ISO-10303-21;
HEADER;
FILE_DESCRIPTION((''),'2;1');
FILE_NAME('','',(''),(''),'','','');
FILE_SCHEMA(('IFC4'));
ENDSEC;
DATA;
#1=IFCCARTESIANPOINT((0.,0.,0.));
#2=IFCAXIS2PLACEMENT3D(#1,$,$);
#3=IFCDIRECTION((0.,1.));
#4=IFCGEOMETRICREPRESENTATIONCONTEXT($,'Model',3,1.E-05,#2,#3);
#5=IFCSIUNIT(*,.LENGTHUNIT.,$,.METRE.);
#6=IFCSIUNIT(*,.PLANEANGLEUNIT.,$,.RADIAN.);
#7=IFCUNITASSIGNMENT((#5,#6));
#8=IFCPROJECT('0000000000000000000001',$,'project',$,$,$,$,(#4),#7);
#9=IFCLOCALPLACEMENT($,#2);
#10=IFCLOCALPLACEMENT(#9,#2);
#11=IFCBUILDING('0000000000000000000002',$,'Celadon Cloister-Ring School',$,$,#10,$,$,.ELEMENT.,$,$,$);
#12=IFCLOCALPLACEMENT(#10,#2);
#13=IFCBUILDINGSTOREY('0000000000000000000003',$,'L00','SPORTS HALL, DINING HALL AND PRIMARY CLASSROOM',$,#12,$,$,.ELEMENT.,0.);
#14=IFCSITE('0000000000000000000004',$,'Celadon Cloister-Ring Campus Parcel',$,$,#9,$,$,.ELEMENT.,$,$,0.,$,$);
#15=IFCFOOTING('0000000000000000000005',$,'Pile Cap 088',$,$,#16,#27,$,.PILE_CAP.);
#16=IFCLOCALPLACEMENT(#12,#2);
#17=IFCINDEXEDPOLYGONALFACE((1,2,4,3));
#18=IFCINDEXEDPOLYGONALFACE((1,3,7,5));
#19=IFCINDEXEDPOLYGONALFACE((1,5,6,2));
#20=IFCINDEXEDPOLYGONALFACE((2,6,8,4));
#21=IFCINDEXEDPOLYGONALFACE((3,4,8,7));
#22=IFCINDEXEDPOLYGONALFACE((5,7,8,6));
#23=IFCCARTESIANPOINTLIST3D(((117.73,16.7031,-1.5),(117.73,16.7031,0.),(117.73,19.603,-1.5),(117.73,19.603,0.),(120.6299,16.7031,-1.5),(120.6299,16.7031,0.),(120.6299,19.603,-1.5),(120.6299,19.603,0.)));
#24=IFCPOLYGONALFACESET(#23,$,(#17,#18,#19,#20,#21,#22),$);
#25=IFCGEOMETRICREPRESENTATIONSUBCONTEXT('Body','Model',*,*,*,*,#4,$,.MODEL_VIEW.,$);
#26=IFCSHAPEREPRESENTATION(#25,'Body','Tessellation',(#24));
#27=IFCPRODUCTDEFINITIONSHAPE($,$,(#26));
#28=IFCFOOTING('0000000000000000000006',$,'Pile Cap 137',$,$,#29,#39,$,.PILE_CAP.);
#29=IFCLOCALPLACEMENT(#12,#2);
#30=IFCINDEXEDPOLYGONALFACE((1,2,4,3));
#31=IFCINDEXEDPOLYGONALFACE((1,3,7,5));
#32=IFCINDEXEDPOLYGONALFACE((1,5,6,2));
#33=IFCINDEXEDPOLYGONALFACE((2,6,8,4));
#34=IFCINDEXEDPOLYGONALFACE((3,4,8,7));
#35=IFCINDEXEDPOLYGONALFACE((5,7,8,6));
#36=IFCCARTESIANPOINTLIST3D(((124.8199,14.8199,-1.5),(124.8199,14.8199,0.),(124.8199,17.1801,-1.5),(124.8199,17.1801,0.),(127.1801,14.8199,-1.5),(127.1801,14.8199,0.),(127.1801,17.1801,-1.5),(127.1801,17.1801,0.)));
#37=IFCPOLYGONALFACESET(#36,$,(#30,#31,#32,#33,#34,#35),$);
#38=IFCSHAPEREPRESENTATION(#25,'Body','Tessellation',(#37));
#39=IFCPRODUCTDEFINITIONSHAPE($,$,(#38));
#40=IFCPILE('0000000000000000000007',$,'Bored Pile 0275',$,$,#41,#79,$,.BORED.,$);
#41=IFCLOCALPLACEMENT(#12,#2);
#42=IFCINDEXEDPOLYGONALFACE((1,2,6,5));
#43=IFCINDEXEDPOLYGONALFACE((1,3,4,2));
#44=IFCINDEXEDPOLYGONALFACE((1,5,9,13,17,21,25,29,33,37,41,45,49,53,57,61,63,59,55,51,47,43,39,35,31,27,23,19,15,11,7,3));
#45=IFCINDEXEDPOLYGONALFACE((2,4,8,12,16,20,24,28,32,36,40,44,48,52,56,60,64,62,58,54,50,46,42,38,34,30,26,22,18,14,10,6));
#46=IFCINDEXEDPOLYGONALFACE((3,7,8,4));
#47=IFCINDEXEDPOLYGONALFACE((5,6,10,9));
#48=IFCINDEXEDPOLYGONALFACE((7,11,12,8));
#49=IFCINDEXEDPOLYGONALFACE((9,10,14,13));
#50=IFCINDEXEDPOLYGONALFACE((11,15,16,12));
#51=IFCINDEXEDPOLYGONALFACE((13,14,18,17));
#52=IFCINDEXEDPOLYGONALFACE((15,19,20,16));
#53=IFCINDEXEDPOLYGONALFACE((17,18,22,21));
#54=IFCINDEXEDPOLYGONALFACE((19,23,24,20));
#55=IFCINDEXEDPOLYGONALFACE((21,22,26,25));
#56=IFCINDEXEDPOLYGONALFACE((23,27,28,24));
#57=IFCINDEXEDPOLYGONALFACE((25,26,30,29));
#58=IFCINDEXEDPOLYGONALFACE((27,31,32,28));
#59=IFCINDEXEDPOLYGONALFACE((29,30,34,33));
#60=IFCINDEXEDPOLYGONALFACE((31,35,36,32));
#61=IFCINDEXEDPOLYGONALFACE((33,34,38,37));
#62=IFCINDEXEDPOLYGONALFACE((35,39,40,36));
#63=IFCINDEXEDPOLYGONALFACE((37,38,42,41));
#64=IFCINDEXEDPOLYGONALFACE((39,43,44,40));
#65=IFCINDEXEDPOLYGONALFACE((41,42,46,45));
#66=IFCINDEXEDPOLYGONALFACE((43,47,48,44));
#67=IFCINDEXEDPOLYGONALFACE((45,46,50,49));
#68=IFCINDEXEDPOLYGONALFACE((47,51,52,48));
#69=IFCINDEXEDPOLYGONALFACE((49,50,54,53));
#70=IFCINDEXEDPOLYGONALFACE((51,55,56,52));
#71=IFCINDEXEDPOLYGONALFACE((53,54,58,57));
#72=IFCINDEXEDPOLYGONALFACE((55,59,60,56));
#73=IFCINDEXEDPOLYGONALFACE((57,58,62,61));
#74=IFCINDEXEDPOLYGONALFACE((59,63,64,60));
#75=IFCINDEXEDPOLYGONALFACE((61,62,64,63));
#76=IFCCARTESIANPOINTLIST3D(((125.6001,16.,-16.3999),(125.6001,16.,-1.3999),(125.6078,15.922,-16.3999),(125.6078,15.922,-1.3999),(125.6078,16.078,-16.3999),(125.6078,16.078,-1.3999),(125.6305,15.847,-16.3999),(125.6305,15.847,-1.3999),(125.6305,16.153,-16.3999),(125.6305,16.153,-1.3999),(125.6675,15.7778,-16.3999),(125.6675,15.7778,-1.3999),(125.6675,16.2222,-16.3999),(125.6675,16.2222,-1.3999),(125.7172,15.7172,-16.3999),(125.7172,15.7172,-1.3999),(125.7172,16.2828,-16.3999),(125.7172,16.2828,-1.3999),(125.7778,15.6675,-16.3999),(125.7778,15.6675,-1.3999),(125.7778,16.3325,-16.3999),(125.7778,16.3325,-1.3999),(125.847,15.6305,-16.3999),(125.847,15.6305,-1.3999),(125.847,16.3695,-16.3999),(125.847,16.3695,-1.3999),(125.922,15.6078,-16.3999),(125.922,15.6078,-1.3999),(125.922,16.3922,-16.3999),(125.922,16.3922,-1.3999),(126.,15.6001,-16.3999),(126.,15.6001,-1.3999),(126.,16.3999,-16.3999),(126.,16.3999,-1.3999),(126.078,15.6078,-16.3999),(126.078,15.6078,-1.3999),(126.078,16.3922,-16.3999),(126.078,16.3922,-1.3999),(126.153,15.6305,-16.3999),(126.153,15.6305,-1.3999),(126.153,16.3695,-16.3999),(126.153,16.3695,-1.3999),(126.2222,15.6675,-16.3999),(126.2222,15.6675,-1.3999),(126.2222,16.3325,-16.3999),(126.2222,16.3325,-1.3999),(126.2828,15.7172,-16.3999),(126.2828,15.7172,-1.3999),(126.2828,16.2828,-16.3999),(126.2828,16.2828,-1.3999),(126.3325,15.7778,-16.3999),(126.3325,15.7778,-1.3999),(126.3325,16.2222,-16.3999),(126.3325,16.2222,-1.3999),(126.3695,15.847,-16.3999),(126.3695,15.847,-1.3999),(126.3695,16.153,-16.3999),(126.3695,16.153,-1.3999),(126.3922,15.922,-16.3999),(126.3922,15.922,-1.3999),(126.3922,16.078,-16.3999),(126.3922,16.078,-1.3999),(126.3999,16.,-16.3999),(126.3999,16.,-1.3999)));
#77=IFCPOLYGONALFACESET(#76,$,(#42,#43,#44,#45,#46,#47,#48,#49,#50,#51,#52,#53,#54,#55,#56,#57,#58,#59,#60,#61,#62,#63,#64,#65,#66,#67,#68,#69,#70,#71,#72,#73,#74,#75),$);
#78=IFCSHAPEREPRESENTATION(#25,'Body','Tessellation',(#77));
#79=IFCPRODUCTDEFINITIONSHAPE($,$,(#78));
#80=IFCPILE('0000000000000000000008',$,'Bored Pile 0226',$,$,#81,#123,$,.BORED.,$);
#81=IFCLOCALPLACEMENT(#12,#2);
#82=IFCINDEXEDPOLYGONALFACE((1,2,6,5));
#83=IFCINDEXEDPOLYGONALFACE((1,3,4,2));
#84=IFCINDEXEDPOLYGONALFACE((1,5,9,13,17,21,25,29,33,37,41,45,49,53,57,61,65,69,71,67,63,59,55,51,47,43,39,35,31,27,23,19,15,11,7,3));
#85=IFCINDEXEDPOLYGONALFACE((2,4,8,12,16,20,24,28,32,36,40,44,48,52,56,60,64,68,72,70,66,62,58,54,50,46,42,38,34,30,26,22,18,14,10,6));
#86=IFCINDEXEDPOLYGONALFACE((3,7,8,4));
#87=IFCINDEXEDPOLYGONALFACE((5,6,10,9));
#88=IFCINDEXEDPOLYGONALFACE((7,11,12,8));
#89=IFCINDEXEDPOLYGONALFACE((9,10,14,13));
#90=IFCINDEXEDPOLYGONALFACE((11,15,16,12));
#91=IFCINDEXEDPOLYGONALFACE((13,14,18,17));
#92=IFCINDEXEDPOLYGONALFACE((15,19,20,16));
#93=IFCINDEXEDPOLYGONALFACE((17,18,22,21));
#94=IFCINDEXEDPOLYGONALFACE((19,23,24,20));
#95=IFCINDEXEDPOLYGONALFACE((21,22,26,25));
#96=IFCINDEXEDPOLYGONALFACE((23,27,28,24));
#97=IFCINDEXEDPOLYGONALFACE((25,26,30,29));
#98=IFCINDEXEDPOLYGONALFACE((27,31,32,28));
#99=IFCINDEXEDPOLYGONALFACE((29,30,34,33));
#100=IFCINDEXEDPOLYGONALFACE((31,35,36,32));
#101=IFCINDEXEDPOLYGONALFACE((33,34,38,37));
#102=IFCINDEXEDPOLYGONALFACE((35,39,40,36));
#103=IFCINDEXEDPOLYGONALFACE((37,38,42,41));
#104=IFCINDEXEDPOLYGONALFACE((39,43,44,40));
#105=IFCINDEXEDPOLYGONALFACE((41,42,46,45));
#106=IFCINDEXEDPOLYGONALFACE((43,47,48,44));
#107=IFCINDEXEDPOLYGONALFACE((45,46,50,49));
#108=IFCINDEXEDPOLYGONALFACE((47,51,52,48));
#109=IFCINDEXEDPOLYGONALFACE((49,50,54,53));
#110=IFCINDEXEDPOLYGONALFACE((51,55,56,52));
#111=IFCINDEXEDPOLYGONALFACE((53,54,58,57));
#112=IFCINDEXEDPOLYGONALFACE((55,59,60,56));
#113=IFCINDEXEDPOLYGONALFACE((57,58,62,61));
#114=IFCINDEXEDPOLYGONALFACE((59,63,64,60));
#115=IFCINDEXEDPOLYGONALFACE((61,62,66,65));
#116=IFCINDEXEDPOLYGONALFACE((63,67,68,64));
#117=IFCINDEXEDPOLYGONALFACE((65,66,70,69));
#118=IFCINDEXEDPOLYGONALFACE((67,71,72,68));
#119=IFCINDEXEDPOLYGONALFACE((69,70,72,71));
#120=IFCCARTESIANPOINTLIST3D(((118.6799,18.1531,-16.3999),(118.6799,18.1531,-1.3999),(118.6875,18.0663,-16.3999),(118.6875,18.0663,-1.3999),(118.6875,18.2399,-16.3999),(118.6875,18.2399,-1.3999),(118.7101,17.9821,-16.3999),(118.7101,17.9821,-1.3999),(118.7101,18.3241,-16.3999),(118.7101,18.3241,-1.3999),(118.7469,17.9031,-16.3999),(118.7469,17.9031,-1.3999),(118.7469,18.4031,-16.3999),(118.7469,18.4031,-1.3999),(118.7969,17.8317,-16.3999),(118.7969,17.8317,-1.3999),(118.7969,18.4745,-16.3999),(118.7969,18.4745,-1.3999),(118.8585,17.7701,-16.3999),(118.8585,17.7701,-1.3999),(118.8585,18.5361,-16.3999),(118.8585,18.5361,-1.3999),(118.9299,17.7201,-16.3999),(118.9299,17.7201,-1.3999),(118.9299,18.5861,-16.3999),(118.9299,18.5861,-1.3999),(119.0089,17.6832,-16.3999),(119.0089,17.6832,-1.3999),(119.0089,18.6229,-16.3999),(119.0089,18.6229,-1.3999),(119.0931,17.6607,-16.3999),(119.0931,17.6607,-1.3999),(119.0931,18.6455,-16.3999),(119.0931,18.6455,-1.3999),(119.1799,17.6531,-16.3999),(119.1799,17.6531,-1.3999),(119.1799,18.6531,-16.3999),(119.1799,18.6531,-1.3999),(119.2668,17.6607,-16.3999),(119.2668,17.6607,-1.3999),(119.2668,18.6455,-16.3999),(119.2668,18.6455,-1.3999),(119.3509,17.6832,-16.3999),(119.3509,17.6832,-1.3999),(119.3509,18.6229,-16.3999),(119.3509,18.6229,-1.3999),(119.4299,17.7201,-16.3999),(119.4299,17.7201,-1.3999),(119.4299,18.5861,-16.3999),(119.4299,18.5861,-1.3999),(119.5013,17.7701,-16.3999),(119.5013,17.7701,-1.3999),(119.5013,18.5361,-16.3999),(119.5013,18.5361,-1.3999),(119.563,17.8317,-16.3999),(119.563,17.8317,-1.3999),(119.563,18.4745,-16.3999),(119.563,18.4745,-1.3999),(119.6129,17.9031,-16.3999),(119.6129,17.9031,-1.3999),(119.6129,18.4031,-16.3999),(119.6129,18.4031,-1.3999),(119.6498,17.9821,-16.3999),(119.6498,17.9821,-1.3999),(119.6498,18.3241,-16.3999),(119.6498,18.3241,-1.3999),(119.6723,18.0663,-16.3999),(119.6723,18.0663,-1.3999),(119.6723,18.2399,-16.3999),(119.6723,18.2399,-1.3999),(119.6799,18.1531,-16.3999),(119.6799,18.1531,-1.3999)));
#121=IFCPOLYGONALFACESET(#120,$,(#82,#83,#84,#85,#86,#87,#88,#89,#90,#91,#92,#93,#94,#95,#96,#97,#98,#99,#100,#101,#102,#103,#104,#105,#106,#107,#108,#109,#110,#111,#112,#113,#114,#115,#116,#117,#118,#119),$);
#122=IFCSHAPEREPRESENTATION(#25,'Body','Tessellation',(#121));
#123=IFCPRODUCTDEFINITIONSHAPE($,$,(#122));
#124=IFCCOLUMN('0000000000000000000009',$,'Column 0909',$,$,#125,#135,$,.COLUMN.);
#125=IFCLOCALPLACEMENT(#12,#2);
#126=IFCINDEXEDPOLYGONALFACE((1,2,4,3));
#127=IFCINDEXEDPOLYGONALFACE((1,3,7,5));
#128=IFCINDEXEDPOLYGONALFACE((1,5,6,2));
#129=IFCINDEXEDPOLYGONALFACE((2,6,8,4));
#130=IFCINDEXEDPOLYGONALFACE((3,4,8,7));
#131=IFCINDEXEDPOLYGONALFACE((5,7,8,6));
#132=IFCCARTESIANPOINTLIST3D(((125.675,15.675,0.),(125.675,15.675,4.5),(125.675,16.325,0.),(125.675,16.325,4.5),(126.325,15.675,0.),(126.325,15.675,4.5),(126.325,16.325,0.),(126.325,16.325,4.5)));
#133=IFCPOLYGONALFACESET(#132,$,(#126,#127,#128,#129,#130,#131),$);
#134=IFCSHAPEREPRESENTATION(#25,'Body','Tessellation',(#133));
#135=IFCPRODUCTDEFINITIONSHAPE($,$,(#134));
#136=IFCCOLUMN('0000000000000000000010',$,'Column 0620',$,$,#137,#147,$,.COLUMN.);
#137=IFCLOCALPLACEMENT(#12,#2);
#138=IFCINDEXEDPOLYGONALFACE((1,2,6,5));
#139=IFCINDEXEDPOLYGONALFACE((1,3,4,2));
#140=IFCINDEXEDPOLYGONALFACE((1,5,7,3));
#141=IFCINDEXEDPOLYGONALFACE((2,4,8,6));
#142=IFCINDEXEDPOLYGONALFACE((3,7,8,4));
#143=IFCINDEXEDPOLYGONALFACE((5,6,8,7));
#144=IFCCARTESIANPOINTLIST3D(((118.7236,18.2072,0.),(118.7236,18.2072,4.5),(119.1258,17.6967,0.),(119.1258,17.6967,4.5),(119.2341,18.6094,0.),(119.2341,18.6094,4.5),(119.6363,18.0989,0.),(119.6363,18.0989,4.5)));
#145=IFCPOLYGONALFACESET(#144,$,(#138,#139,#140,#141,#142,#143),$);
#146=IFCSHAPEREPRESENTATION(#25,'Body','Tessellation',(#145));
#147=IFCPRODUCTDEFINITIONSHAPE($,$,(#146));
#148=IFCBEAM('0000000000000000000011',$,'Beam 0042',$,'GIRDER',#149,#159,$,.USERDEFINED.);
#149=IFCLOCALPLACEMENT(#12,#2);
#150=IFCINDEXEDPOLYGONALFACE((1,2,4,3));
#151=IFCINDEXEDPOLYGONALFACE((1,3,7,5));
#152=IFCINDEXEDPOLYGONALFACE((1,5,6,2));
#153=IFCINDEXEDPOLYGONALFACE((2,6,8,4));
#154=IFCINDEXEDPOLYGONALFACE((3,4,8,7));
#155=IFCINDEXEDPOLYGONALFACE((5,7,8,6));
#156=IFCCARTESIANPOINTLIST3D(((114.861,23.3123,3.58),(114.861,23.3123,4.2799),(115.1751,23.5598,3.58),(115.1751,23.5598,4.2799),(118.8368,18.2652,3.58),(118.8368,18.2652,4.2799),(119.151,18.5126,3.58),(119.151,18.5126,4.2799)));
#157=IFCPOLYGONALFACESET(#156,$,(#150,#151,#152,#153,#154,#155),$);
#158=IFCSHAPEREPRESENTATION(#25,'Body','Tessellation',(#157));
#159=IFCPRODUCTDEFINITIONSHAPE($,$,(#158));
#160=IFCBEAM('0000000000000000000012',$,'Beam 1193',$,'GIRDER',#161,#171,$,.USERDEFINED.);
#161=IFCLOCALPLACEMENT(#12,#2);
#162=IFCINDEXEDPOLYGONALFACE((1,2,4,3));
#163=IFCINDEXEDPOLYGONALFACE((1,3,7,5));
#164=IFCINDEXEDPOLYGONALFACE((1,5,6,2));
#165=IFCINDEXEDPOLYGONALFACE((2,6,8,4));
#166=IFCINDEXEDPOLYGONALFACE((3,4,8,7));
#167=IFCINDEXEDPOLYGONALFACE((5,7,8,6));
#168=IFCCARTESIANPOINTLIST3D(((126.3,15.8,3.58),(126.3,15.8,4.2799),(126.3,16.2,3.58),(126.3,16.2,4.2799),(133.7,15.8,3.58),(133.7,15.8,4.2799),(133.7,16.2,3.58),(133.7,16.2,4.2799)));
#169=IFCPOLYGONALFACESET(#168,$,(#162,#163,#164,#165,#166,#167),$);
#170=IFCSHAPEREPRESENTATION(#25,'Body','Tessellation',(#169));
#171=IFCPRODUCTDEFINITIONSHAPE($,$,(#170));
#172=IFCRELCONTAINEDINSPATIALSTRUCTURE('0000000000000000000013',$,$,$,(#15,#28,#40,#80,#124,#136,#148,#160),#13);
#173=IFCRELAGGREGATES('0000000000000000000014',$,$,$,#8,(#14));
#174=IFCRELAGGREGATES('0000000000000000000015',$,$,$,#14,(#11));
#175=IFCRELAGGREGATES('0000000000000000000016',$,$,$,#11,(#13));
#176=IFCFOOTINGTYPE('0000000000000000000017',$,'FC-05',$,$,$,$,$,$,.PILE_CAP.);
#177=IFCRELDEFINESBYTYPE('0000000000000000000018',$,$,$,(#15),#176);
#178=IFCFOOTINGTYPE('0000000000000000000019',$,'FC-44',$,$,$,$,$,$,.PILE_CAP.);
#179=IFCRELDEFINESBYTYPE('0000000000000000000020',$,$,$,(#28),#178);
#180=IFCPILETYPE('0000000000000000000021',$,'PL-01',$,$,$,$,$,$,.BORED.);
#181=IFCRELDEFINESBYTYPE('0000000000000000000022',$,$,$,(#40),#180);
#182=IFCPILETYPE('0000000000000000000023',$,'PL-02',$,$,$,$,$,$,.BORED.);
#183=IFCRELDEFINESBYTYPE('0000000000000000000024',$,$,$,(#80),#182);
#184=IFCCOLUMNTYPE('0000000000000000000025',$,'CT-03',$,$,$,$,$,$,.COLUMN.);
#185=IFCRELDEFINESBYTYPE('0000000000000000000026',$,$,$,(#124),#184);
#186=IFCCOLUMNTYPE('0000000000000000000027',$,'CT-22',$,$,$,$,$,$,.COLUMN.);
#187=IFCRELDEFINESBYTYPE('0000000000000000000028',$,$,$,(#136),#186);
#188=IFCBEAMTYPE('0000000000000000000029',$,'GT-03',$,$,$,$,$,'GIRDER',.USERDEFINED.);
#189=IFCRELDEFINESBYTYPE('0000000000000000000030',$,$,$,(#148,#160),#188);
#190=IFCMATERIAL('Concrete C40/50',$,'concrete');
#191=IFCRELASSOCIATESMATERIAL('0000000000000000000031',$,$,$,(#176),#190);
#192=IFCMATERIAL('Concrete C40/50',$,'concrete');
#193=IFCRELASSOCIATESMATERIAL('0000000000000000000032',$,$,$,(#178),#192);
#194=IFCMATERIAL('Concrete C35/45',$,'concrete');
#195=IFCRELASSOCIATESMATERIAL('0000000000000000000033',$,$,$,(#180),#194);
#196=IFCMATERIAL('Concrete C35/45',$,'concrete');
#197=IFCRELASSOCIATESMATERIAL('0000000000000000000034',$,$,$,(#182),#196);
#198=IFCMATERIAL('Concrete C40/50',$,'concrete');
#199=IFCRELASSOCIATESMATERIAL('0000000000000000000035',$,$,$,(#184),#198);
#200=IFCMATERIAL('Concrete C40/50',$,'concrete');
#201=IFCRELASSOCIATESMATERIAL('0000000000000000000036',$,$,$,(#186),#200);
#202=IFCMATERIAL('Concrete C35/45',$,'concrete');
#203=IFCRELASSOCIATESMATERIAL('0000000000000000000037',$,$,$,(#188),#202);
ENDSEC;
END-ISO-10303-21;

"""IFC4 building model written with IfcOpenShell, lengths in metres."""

from ifc_helpers import new_model, si_unit, direction, frame, origin, origin_2d, place, context, subcontext, project, spatial, rectangle, circle, extrude, material, material_profile, profile_set, type_object, element, save


model = new_model("IFC4")

# Units and contexts
model_context = context("Model", 3, precision=1e-05, world=origin(), true_north=direction((0.0, 1.0)))
body_context = subcontext(model_context, "Body", "Model", "MODEL_VIEW")
ifc_project = project(units=[si_unit("LENGTHUNIT", "METRE"), si_unit("PLANEANGLEUNIT", "RADIAN")], contexts=[model_context])

# Site, building, storey
site_placement = place(None, origin())
site = spatial("IfcSite", under=ifc_project, at=site_placement, Name="Celadon Cloister-Ring Campus Parcel", CompositionType="ELEMENT", RefElevation=0.0)
building_placement = place(site_placement, origin())
building = spatial("IfcBuilding", under=site, at=building_placement, Name="Celadon Cloister-Ring School", CompositionType="ELEMENT")
storey_placement = place(building_placement, origin())
storey = spatial("IfcBuildingStorey", under=building, at=storey_placement, Name="L00", Description="SPORTS HALL, DINING HALL AND PRIMARY CLASSROOM", CompositionType="ELEMENT", Elevation=0.0)

# Footings
ifc_material_1 = material(Name="Concrete C40/50", Category="concrete")
footing_type_1 = type_object("IfcFootingType", Name="FC-05", PredefinedType="PILE_CAP", material=ifc_material_1)
footing_1_placement = place(storey_placement, frame((119.1799, 18.1531, -1.5), z_axis=(0.0, 0.0, 1.0), x_axis=(1.0, 0.0, 0.0)))
element("IfcFooting", 1, at=footing_1_placement, inside=storey, type_object=footing_type_1, Name="Pile Cap 088", PredefinedType="PILE_CAP", context=body_context, shape_type="SweptSolid", body=[
    extrude(rectangle(XDim=2.8999, YDim=2.8999, at=origin_2d()), origin(), (0.0, 0.0, 1.0), 1.5),
])
ifc_material_2 = material(Name="Concrete C40/50", Category="concrete")
footing_type_2 = type_object("IfcFootingType", Name="FC-44", PredefinedType="PILE_CAP", material=ifc_material_2)
footing_2_placement = place(storey_placement, frame((126.0, 16.0, -1.5), z_axis=(0.0, 0.0, 1.0), x_axis=(1.0, 0.0, 0.0)))
element("IfcFooting", 2, at=footing_2_placement, inside=storey, type_object=footing_type_2, Name="Pile Cap 137", PredefinedType="PILE_CAP", context=body_context, shape_type="SweptSolid", body=[
    extrude(rectangle(XDim=2.3601, YDim=2.3601, at=origin_2d()), origin(), (0.0, 0.0, 1.0), 1.5),
])

# Piles
ifc_material_3 = material(Name="Concrete C35/45", Category="concrete")
ifc_material_profile_1 = material_profile(ifc_material_3, circle(Radius=0.3999, at=origin_2d()), Name="PILE800")
ifc_profile_set_1 = profile_set([ifc_material_profile_1], Name="Concrete C35/45")
pile_type_1 = type_object("IfcPileType", Name="PL-01", PredefinedType="BORED", material=ifc_profile_set_1)
pile_1_placement = place(storey_placement, frame((126.0, 16.0, -1.3999), z_axis=(0.0, 0.0, -1.0), x_axis=(1.0, 0.0, 0.0)))
element("IfcPile", 3, at=pile_1_placement, inside=storey, type_object=pile_type_1, Name="Bored Pile 0275", PredefinedType="BORED", context=body_context, shape_type="SweptSolid", body=[
    extrude(circle(Radius=0.3999, at=origin_2d()), origin(), (0.0, 0.0, 1.0), 15.0),
])
ifc_material_4 = material(Name="Concrete C35/45", Category="concrete")
ifc_material_profile_2 = material_profile(ifc_material_4, circle(Radius=0.5, at=origin_2d()), Name="PILE1000")
ifc_profile_set_2 = profile_set([ifc_material_profile_2], Name="Concrete C35/45")
pile_type_2 = type_object("IfcPileType", Name="PL-02", PredefinedType="BORED", material=ifc_profile_set_2)
pile_2_placement = place(storey_placement, frame((119.1799, 18.1531, -1.3999), z_axis=(0.0, 0.0, -1.0), x_axis=(1.0, 0.0, 0.0)))
element("IfcPile", 4, at=pile_2_placement, inside=storey, type_object=pile_type_2, Name="Bored Pile 0226", PredefinedType="BORED", context=body_context, shape_type="SweptSolid", body=[
    extrude(circle(Radius=0.5, at=origin_2d()), origin(), (0.0, 0.0, 1.0), 15.0),
])

# Columns
ifc_material_5 = material(Name="Concrete C40/50", Category="concrete")
ifc_material_profile_3 = material_profile(ifc_material_5, rectangle(XDim=0.6499, YDim=0.6499, at=origin_2d()), Name="RC650X650")
ifc_profile_set_3 = profile_set([ifc_material_profile_3], Name="Concrete C40/50")
column_type_1 = type_object("IfcColumnType", Name="CT-03", PredefinedType="COLUMN", material=ifc_profile_set_3)
column_1_placement = place(storey_placement, frame((126.0, 16.0, 0.0), z_axis=(0.0, 0.0, 1.0), x_axis=(1.0, 0.0, 0.0)))
element("IfcColumn", 5, at=column_1_placement, inside=storey, type_object=column_type_1, Name="Column 0909", PredefinedType="COLUMN", context=body_context, shape_type="SweptSolid", body=[
    extrude(rectangle(XDim=0.6499, YDim=0.6499, at=origin_2d()), origin(), (0.0, 0.0, 1.0), 4.5),
])
ifc_material_6 = material(Name="Concrete C40/50", Category="concrete")
ifc_material_profile_4 = material_profile(ifc_material_6, rectangle(XDim=0.6499, YDim=0.6499, at=origin_2d()), Name="RC650X650")
ifc_profile_set_4 = profile_set([ifc_material_profile_4], Name="Concrete C40/50")
column_type_2 = type_object("IfcColumnType", Name="CT-22", PredefinedType="COLUMN", material=ifc_profile_set_4)
column_2_placement = place(storey_placement, frame((119.1799, 18.1531, 0.0), z_axis=(0.0, 0.0, 1.0), x_axis=(0.618847, -0.785511, 0.0)))
element("IfcColumn", 6, at=column_2_placement, inside=storey, type_object=column_type_2, Name="Column 0620", PredefinedType="COLUMN", context=body_context, shape_type="SweptSolid", body=[
    extrude(rectangle(XDim=0.6499, YDim=0.6499, at=origin_2d()), origin(), (0.0, 0.0, 1.0), 4.5),
])

# Beams
ifc_material_7 = material(Name="Concrete C35/45", Category="concrete")
ifc_material_profile_5 = material_profile(ifc_material_7, rectangle(XDim=0.3999, YDim=0.7, at=origin_2d()), Name="RC400X700")
ifc_profile_set_5 = profile_set([ifc_material_profile_5], Name="Concrete C35/45")
beam_type_1 = type_object("IfcBeamType", Name="GT-03", ElementType="GIRDER", PredefinedType="USERDEFINED", material=ifc_profile_set_5)
beam_1_placement = place(storey_placement, frame((118.9939, 18.3889, 3.9299), z_axis=(-0.618806, 0.785544, 0.0), x_axis=(-0.785544, -0.618806, 0.0)))
element("IfcBeam", 7, at=beam_1_placement, inside=storey, type_object=beam_type_1, Name="Beam 0042", ObjectType="GIRDER", PredefinedType="USERDEFINED", context=body_context, shape_type="SweptSolid", body=[
    extrude(rectangle(XDim=0.3999, YDim=0.7, at=origin_2d()), origin(), (0.0, 0.0, 1.0), 6.425),
])
beam_2_placement = place(storey_placement, frame((126.3, 16.0, 3.9299), z_axis=(1.0, 0.0, 0.0), x_axis=(0.0, 1.0, 0.0)))
element("IfcBeam", 8, at=beam_2_placement, inside=storey, type_object=beam_type_1, Name="Beam 1193", ObjectType="GIRDER", PredefinedType="USERDEFINED", context=body_context, shape_type="SweptSolid", body=[
    extrude(rectangle(XDim=0.3999, YDim=0.7, at=origin_2d()), origin(), (0.0, 0.0, 1.0), 7.3999),
])

save(model, "model.ifc")
